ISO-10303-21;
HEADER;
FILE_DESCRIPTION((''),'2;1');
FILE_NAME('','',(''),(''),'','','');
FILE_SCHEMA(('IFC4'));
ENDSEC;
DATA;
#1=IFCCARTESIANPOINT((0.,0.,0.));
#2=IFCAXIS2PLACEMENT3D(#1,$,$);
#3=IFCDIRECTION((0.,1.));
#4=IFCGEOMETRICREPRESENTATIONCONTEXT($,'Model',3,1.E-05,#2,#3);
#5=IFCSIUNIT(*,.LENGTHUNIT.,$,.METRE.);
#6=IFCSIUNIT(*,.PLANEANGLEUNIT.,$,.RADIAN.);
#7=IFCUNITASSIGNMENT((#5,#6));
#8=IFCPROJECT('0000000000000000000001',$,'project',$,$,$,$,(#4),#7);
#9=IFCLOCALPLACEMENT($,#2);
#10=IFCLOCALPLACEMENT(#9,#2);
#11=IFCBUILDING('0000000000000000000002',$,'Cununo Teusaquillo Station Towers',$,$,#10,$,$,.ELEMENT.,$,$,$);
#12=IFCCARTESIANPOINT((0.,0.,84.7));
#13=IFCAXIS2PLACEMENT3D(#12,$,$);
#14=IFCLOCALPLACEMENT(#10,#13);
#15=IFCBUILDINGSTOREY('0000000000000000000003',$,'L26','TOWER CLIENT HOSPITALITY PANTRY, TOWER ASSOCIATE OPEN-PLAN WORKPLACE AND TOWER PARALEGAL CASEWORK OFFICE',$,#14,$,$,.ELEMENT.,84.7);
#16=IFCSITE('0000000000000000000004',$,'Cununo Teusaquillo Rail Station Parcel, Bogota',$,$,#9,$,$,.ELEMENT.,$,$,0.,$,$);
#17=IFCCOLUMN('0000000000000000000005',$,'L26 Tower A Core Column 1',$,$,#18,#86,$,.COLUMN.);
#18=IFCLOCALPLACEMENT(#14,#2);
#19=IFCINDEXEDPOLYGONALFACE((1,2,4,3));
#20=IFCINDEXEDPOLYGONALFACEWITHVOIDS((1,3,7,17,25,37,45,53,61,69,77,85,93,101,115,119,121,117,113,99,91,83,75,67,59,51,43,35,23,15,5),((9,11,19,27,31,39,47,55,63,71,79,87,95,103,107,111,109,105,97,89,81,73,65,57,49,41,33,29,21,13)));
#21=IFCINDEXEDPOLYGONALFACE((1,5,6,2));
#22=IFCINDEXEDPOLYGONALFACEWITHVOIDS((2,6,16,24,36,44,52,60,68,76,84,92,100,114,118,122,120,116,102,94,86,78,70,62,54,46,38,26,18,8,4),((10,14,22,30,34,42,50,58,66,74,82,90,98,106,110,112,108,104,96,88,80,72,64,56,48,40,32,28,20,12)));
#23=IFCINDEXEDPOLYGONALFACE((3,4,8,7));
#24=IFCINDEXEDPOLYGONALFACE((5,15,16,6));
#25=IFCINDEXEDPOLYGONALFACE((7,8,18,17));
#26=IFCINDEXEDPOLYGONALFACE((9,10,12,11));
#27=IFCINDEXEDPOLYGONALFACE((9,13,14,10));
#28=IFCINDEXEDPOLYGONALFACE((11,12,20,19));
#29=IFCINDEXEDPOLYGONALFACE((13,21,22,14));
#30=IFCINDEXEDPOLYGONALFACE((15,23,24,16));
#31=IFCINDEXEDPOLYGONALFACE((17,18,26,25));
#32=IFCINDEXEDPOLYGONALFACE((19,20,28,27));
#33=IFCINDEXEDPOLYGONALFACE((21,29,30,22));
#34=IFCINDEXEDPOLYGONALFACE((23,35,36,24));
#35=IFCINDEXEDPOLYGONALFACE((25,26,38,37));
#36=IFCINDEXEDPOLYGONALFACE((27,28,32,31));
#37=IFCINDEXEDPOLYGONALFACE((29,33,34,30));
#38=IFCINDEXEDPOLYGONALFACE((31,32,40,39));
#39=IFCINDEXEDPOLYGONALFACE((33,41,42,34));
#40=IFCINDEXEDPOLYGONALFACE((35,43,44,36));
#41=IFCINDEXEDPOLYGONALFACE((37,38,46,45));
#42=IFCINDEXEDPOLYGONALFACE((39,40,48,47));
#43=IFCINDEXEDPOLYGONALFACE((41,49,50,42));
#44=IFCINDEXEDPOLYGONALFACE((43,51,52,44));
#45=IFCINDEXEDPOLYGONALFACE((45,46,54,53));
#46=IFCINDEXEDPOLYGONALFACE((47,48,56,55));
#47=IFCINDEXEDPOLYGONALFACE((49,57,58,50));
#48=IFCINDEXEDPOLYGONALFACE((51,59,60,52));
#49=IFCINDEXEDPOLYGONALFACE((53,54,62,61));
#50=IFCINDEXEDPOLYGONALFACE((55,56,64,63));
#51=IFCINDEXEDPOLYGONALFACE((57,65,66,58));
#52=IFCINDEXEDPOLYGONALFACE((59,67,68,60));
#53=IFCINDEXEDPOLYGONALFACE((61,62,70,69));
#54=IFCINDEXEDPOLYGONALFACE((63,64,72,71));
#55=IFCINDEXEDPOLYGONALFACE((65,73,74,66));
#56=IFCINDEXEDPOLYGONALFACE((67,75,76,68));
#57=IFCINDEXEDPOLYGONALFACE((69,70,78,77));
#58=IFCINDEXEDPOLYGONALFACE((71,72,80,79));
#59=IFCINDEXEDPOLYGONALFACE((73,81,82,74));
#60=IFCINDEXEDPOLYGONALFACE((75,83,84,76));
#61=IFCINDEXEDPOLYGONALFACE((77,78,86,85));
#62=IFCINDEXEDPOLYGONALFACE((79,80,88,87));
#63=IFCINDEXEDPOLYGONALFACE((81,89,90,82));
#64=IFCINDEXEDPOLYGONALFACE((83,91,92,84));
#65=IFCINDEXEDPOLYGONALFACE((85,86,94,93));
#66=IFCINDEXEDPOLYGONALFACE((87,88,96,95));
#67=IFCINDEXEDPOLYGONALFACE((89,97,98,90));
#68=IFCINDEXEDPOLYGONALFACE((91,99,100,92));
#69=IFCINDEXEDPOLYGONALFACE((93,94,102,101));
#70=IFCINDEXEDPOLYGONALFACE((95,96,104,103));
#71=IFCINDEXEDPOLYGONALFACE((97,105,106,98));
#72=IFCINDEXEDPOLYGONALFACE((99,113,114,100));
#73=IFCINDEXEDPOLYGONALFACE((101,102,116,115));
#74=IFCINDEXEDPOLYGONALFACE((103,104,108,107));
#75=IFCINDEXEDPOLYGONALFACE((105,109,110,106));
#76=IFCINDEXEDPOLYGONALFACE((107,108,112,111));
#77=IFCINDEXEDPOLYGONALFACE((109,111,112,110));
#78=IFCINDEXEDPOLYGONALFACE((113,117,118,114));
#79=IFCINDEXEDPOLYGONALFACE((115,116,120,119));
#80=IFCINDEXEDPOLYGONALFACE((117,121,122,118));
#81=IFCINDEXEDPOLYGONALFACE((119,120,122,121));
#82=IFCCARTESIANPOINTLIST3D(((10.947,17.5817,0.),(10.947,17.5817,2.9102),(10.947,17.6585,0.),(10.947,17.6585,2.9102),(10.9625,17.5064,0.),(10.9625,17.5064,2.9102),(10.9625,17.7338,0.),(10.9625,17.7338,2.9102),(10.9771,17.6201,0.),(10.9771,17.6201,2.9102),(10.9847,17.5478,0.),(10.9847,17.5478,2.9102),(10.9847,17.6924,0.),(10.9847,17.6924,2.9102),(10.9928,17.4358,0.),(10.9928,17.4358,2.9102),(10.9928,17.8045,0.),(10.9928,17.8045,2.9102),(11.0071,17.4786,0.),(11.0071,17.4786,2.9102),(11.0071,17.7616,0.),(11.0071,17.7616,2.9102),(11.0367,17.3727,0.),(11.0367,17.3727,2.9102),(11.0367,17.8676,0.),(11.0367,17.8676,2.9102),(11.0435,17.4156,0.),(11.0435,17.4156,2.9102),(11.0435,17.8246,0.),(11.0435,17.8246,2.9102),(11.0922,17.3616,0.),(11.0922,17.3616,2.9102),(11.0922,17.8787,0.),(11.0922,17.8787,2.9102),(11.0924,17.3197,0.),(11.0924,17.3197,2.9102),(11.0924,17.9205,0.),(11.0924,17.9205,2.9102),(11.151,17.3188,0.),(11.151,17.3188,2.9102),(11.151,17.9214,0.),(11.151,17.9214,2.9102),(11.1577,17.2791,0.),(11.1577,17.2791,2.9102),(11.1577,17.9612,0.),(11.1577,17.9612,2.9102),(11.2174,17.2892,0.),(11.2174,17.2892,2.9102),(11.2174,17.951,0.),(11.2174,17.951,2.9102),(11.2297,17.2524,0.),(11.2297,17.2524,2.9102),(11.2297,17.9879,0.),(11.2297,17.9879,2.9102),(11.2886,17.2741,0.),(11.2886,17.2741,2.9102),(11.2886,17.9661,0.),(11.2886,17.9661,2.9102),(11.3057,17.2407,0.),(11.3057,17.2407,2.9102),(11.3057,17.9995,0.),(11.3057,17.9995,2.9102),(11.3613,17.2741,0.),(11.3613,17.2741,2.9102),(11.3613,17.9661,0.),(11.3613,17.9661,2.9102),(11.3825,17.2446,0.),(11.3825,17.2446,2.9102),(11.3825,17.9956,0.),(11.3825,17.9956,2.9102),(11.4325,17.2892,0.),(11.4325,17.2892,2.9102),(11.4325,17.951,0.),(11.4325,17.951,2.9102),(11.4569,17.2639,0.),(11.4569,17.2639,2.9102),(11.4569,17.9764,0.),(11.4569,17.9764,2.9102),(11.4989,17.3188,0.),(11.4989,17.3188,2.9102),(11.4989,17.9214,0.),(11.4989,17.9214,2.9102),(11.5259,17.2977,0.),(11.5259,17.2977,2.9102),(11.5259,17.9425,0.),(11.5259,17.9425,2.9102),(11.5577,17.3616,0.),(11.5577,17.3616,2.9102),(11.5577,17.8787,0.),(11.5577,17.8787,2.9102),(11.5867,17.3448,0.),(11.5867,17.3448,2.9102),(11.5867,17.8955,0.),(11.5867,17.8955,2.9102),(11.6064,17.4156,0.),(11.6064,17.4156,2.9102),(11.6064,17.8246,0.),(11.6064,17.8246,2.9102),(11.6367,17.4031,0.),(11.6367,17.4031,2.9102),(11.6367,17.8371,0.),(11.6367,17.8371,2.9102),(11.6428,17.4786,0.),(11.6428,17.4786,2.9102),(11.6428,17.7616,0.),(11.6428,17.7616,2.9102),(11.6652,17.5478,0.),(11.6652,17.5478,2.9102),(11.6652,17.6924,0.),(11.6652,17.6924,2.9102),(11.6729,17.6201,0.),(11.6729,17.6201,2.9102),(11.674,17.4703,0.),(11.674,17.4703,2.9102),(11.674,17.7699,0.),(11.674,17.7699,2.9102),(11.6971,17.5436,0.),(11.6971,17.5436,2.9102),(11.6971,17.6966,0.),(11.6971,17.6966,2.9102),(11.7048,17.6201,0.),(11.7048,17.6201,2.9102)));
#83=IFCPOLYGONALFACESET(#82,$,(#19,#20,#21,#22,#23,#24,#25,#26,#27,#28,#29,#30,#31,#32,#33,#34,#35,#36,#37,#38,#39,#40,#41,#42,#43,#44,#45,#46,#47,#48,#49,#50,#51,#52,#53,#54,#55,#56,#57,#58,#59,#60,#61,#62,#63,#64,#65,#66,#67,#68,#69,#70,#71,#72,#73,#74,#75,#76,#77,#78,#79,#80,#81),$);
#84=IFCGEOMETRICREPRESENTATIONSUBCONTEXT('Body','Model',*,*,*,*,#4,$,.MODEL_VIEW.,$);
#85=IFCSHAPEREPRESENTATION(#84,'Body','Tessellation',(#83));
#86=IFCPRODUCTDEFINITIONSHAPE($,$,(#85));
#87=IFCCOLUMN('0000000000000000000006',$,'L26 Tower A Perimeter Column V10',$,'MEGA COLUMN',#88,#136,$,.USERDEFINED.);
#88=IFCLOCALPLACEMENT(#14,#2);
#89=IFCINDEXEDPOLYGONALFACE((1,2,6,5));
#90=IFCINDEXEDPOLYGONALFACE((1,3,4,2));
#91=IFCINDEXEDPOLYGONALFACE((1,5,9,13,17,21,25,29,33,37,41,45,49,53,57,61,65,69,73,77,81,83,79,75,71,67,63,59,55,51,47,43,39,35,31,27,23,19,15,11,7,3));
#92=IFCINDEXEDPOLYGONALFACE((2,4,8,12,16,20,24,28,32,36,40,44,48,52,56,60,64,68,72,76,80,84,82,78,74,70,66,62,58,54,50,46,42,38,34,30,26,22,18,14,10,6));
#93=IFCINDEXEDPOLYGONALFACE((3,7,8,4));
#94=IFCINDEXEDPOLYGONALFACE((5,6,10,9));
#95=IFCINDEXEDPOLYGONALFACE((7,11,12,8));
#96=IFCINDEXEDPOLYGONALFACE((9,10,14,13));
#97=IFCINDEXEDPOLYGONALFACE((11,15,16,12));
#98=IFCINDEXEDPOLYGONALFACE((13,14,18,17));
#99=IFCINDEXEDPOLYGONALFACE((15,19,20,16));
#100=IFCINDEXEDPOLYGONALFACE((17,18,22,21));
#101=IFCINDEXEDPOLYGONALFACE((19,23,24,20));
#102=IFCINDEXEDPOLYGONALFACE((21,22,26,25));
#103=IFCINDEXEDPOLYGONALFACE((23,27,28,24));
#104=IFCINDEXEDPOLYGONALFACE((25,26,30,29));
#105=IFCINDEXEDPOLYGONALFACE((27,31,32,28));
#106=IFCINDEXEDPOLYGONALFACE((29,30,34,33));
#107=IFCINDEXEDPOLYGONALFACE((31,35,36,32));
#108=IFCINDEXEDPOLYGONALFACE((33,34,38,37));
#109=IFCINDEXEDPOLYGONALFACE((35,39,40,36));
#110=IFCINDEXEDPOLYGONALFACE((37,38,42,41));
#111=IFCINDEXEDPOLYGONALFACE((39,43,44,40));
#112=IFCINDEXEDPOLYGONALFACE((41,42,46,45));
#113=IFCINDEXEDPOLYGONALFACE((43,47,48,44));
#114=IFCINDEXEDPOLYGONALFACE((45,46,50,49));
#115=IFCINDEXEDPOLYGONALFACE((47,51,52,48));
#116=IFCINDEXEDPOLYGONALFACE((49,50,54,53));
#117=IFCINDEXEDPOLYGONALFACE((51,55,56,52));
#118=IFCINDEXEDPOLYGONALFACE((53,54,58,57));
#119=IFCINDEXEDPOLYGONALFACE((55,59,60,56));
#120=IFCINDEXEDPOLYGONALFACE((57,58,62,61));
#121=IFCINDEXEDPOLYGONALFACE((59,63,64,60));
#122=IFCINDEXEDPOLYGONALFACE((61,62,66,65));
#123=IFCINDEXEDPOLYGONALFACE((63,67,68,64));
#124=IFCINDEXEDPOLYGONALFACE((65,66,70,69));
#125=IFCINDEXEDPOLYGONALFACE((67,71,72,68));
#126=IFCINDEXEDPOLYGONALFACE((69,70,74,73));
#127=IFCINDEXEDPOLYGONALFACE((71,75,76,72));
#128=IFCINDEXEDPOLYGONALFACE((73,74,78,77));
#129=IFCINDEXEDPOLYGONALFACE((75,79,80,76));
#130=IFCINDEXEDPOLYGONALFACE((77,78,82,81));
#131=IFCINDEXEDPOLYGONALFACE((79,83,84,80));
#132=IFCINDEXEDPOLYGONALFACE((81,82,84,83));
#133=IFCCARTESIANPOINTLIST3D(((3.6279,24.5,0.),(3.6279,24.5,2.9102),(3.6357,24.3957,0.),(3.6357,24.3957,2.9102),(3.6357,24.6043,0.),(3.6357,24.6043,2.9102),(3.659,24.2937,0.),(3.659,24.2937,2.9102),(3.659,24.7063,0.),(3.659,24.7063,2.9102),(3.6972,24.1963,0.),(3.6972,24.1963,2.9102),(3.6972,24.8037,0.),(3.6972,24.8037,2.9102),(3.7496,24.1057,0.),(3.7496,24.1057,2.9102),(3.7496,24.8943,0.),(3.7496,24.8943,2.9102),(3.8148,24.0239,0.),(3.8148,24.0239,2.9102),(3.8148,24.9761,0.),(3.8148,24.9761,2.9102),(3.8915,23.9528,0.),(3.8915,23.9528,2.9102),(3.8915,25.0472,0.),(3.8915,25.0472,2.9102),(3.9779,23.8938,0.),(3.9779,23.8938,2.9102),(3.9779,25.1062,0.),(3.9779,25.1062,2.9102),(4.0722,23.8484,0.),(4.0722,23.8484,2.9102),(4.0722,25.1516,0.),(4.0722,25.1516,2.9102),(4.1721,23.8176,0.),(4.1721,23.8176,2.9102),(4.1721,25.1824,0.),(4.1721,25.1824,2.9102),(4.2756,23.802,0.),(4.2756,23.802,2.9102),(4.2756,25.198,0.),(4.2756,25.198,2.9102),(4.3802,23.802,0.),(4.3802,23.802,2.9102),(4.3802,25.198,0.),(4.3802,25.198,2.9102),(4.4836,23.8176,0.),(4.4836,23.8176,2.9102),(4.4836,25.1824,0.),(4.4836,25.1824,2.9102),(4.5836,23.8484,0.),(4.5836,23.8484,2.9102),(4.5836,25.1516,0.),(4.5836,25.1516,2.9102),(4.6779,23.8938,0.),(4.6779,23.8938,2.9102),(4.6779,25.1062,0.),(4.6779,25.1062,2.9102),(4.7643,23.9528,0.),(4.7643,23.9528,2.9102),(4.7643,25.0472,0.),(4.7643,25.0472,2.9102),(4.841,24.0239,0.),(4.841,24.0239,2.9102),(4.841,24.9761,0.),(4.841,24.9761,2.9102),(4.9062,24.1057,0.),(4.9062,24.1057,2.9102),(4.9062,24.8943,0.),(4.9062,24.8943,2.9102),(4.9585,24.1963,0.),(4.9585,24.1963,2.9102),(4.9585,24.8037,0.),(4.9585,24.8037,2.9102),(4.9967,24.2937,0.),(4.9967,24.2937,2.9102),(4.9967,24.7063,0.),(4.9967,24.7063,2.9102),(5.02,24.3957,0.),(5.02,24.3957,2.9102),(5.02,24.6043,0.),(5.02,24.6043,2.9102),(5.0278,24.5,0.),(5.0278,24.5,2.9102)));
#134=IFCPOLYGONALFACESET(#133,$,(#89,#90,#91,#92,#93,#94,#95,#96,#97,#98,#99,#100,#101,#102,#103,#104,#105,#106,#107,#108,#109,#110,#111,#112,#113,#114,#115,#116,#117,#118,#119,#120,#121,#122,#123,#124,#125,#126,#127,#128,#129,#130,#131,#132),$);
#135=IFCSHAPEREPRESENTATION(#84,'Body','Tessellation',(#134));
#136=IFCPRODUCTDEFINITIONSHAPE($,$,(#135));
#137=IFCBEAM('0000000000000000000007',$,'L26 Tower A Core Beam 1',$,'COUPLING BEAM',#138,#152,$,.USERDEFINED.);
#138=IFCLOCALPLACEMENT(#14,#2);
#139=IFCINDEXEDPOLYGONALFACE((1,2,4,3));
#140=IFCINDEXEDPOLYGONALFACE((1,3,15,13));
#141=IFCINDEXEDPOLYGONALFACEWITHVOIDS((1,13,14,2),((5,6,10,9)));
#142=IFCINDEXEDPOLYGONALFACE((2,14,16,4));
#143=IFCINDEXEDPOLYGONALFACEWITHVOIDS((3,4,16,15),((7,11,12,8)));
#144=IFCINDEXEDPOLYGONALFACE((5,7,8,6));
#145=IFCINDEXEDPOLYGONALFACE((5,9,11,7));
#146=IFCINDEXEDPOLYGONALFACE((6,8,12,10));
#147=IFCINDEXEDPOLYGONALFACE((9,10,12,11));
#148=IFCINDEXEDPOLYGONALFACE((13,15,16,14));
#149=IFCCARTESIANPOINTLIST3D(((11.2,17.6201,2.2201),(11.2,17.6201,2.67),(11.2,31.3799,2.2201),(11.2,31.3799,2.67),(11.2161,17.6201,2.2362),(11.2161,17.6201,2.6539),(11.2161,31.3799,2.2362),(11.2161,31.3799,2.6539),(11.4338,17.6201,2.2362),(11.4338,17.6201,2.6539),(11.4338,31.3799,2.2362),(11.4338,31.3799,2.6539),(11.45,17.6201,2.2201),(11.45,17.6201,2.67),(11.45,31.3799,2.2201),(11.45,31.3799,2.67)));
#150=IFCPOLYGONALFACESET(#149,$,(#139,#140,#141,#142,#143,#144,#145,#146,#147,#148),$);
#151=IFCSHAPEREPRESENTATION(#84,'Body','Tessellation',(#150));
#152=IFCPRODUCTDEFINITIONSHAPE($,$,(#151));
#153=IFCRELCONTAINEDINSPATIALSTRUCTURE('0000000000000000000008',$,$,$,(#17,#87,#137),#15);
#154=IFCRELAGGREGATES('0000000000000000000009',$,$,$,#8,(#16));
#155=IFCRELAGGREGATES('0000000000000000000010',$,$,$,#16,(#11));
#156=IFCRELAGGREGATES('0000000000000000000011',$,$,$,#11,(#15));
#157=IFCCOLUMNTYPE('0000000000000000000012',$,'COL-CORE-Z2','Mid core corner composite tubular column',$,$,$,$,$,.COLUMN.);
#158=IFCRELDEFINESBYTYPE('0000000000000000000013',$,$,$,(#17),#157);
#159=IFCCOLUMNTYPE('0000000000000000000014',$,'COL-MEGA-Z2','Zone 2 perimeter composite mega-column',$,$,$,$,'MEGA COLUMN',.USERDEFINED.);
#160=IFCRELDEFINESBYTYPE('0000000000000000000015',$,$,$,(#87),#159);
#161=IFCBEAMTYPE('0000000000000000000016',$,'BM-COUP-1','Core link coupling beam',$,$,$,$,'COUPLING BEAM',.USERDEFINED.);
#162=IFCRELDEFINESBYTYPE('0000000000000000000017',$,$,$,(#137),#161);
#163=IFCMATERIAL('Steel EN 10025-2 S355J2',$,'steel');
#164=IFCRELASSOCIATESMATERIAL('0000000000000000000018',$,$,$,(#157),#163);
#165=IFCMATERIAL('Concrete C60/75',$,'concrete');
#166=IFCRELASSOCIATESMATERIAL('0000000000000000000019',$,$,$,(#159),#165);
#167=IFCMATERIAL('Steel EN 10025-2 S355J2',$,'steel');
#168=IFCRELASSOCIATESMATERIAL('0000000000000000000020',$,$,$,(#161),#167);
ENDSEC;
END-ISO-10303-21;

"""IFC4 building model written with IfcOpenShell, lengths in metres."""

from ifc_helpers import new_model, si_unit, direction, frame, origin, origin_2d, place, context, subcontext, project, spatial, hollow_rectangle, circle, hollow_circle, extrude, material, material_profile, profile_set, type_object, element, save


model = new_model("IFC4")

# Units and contexts
model_context = context("Model", 3, precision=1e-05, world=origin(), true_north=direction((0.0, 1.0)))
body_context = subcontext(model_context, "Body", "Model", "MODEL_VIEW")
ifc_project = project(units=[si_unit("LENGTHUNIT", "METRE"), si_unit("PLANEANGLEUNIT", "RADIAN")], contexts=[model_context])

# Site, building, storey
site_placement = place(None, origin())
site = spatial("IfcSite", under=ifc_project, at=site_placement, Name="Cununo Teusaquillo Rail Station Parcel, Bogota", CompositionType="ELEMENT", RefElevation=0.0)
building_placement = place(site_placement, origin())
building = spatial("IfcBuilding", under=site, at=building_placement, Name="Cununo Teusaquillo Station Towers", CompositionType="ELEMENT")
storey_placement = place(building_placement, frame((0.0, 0.0, 84.7)))
storey = spatial("IfcBuildingStorey", under=building, at=storey_placement, Name="L26", Description="TOWER CLIENT HOSPITALITY PANTRY, TOWER ASSOCIATE OPEN-PLAN WORKPLACE AND TOWER PARALEGAL CASEWORK OFFICE", CompositionType="ELEMENT", Elevation=84.7)

# Columns
ifc_material_1 = material(Name="Steel EN 10025-2 S355J2", Category="steel")
ifc_material_profile_1 = material_profile(ifc_material_1, hollow_circle(Radius=0.3799, WallThickness=0.032, at=origin_2d()), Name="CHS 760x32")
ifc_profile_set_1 = profile_set([ifc_material_profile_1], Name="Steel EN 10025-2 S355J2")
column_type_1 = type_object("IfcColumnType", Name="COL-CORE-Z2", Description="Mid core corner composite tubular column", PredefinedType="COLUMN", material=ifc_profile_set_1)
column_1_placement = place(storey_placement, frame((11.325, 17.6201, 0.0), z_axis=(0.0, 0.0, 1.0), x_axis=(1.0, 0.0, 0.0)))
element("IfcColumn", 1, at=column_1_placement, inside=storey, type_object=column_type_1, Name="L26 Tower A Core Column 1", PredefinedType="COLUMN", context=body_context, shape_type="SweptSolid", body=[
    extrude(hollow_circle(Radius=0.3799, WallThickness=0.032, at=origin_2d()), origin(), (0.0, 0.0, 1.0), 2.9102),
])
ifc_material_2 = material(Name="Concrete C60/75", Category="concrete")
ifc_material_profile_2 = material_profile(ifc_material_2, circle(Radius=0.7, at=origin_2d()), Name="RC-CIRC-1400")
ifc_profile_set_2 = profile_set([ifc_material_profile_2], Name="Concrete C60/75")
column_type_2 = type_object("IfcColumnType", Name="COL-MEGA-Z2", Description="Zone 2 perimeter composite mega-column", ElementType="MEGA COLUMN", PredefinedType="USERDEFINED", material=ifc_profile_set_2)
column_2_placement = place(storey_placement, frame((4.3279, 24.5, 0.0), z_axis=(0.0, 0.0, 1.0), x_axis=(1.0, 0.0, 0.0)))
element("IfcColumn", 2, at=column_2_placement, inside=storey, type_object=column_type_2, Name="L26 Tower A Perimeter Column V10", ObjectType="MEGA COLUMN", PredefinedType="USERDEFINED", context=body_context, shape_type="SweptSolid", body=[
    extrude(circle(Radius=0.7, at=origin_2d()), origin(), (0.0, 0.0, 1.0), 2.9102),
])

# Beam
ifc_material_3 = material(Name="Steel EN 10025-2 S355J2", Category="steel")
ifc_material_profile_3 = material_profile(ifc_material_3, hollow_rectangle(XDim=0.25, YDim=0.45, WallThickness=0.0161, at=origin_2d()), Name="RHS 450x250x16")
ifc_profile_set_3 = profile_set([ifc_material_profile_3], Name="Steel EN 10025-2 S355J2")
beam_type_1 = type_object("IfcBeamType", Name="BM-COUP-1", Description="Core link coupling beam", ElementType="COUPLING BEAM", PredefinedType="USERDEFINED", material=ifc_profile_set_3)
beam_1_placement = place(storey_placement, frame((11.325, 17.6201, 2.4451), z_axis=(0.0, 1.0, 0.0), x_axis=(-1.0, 0.0, 0.0)))
element("IfcBeam", 3, at=beam_1_placement, inside=storey, type_object=beam_type_1, Name="L26 Tower A Core Beam 1", ObjectType="COUPLING BEAM", PredefinedType="USERDEFINED", context=body_context, shape_type="SweptSolid", body=[
    extrude(hollow_rectangle(XDim=0.25, YDim=0.45, WallThickness=0.0161, at=origin_2d()), origin(), (0.0, 0.0, 1.0), 13.7598),
])

save(model, "model.ifc")
